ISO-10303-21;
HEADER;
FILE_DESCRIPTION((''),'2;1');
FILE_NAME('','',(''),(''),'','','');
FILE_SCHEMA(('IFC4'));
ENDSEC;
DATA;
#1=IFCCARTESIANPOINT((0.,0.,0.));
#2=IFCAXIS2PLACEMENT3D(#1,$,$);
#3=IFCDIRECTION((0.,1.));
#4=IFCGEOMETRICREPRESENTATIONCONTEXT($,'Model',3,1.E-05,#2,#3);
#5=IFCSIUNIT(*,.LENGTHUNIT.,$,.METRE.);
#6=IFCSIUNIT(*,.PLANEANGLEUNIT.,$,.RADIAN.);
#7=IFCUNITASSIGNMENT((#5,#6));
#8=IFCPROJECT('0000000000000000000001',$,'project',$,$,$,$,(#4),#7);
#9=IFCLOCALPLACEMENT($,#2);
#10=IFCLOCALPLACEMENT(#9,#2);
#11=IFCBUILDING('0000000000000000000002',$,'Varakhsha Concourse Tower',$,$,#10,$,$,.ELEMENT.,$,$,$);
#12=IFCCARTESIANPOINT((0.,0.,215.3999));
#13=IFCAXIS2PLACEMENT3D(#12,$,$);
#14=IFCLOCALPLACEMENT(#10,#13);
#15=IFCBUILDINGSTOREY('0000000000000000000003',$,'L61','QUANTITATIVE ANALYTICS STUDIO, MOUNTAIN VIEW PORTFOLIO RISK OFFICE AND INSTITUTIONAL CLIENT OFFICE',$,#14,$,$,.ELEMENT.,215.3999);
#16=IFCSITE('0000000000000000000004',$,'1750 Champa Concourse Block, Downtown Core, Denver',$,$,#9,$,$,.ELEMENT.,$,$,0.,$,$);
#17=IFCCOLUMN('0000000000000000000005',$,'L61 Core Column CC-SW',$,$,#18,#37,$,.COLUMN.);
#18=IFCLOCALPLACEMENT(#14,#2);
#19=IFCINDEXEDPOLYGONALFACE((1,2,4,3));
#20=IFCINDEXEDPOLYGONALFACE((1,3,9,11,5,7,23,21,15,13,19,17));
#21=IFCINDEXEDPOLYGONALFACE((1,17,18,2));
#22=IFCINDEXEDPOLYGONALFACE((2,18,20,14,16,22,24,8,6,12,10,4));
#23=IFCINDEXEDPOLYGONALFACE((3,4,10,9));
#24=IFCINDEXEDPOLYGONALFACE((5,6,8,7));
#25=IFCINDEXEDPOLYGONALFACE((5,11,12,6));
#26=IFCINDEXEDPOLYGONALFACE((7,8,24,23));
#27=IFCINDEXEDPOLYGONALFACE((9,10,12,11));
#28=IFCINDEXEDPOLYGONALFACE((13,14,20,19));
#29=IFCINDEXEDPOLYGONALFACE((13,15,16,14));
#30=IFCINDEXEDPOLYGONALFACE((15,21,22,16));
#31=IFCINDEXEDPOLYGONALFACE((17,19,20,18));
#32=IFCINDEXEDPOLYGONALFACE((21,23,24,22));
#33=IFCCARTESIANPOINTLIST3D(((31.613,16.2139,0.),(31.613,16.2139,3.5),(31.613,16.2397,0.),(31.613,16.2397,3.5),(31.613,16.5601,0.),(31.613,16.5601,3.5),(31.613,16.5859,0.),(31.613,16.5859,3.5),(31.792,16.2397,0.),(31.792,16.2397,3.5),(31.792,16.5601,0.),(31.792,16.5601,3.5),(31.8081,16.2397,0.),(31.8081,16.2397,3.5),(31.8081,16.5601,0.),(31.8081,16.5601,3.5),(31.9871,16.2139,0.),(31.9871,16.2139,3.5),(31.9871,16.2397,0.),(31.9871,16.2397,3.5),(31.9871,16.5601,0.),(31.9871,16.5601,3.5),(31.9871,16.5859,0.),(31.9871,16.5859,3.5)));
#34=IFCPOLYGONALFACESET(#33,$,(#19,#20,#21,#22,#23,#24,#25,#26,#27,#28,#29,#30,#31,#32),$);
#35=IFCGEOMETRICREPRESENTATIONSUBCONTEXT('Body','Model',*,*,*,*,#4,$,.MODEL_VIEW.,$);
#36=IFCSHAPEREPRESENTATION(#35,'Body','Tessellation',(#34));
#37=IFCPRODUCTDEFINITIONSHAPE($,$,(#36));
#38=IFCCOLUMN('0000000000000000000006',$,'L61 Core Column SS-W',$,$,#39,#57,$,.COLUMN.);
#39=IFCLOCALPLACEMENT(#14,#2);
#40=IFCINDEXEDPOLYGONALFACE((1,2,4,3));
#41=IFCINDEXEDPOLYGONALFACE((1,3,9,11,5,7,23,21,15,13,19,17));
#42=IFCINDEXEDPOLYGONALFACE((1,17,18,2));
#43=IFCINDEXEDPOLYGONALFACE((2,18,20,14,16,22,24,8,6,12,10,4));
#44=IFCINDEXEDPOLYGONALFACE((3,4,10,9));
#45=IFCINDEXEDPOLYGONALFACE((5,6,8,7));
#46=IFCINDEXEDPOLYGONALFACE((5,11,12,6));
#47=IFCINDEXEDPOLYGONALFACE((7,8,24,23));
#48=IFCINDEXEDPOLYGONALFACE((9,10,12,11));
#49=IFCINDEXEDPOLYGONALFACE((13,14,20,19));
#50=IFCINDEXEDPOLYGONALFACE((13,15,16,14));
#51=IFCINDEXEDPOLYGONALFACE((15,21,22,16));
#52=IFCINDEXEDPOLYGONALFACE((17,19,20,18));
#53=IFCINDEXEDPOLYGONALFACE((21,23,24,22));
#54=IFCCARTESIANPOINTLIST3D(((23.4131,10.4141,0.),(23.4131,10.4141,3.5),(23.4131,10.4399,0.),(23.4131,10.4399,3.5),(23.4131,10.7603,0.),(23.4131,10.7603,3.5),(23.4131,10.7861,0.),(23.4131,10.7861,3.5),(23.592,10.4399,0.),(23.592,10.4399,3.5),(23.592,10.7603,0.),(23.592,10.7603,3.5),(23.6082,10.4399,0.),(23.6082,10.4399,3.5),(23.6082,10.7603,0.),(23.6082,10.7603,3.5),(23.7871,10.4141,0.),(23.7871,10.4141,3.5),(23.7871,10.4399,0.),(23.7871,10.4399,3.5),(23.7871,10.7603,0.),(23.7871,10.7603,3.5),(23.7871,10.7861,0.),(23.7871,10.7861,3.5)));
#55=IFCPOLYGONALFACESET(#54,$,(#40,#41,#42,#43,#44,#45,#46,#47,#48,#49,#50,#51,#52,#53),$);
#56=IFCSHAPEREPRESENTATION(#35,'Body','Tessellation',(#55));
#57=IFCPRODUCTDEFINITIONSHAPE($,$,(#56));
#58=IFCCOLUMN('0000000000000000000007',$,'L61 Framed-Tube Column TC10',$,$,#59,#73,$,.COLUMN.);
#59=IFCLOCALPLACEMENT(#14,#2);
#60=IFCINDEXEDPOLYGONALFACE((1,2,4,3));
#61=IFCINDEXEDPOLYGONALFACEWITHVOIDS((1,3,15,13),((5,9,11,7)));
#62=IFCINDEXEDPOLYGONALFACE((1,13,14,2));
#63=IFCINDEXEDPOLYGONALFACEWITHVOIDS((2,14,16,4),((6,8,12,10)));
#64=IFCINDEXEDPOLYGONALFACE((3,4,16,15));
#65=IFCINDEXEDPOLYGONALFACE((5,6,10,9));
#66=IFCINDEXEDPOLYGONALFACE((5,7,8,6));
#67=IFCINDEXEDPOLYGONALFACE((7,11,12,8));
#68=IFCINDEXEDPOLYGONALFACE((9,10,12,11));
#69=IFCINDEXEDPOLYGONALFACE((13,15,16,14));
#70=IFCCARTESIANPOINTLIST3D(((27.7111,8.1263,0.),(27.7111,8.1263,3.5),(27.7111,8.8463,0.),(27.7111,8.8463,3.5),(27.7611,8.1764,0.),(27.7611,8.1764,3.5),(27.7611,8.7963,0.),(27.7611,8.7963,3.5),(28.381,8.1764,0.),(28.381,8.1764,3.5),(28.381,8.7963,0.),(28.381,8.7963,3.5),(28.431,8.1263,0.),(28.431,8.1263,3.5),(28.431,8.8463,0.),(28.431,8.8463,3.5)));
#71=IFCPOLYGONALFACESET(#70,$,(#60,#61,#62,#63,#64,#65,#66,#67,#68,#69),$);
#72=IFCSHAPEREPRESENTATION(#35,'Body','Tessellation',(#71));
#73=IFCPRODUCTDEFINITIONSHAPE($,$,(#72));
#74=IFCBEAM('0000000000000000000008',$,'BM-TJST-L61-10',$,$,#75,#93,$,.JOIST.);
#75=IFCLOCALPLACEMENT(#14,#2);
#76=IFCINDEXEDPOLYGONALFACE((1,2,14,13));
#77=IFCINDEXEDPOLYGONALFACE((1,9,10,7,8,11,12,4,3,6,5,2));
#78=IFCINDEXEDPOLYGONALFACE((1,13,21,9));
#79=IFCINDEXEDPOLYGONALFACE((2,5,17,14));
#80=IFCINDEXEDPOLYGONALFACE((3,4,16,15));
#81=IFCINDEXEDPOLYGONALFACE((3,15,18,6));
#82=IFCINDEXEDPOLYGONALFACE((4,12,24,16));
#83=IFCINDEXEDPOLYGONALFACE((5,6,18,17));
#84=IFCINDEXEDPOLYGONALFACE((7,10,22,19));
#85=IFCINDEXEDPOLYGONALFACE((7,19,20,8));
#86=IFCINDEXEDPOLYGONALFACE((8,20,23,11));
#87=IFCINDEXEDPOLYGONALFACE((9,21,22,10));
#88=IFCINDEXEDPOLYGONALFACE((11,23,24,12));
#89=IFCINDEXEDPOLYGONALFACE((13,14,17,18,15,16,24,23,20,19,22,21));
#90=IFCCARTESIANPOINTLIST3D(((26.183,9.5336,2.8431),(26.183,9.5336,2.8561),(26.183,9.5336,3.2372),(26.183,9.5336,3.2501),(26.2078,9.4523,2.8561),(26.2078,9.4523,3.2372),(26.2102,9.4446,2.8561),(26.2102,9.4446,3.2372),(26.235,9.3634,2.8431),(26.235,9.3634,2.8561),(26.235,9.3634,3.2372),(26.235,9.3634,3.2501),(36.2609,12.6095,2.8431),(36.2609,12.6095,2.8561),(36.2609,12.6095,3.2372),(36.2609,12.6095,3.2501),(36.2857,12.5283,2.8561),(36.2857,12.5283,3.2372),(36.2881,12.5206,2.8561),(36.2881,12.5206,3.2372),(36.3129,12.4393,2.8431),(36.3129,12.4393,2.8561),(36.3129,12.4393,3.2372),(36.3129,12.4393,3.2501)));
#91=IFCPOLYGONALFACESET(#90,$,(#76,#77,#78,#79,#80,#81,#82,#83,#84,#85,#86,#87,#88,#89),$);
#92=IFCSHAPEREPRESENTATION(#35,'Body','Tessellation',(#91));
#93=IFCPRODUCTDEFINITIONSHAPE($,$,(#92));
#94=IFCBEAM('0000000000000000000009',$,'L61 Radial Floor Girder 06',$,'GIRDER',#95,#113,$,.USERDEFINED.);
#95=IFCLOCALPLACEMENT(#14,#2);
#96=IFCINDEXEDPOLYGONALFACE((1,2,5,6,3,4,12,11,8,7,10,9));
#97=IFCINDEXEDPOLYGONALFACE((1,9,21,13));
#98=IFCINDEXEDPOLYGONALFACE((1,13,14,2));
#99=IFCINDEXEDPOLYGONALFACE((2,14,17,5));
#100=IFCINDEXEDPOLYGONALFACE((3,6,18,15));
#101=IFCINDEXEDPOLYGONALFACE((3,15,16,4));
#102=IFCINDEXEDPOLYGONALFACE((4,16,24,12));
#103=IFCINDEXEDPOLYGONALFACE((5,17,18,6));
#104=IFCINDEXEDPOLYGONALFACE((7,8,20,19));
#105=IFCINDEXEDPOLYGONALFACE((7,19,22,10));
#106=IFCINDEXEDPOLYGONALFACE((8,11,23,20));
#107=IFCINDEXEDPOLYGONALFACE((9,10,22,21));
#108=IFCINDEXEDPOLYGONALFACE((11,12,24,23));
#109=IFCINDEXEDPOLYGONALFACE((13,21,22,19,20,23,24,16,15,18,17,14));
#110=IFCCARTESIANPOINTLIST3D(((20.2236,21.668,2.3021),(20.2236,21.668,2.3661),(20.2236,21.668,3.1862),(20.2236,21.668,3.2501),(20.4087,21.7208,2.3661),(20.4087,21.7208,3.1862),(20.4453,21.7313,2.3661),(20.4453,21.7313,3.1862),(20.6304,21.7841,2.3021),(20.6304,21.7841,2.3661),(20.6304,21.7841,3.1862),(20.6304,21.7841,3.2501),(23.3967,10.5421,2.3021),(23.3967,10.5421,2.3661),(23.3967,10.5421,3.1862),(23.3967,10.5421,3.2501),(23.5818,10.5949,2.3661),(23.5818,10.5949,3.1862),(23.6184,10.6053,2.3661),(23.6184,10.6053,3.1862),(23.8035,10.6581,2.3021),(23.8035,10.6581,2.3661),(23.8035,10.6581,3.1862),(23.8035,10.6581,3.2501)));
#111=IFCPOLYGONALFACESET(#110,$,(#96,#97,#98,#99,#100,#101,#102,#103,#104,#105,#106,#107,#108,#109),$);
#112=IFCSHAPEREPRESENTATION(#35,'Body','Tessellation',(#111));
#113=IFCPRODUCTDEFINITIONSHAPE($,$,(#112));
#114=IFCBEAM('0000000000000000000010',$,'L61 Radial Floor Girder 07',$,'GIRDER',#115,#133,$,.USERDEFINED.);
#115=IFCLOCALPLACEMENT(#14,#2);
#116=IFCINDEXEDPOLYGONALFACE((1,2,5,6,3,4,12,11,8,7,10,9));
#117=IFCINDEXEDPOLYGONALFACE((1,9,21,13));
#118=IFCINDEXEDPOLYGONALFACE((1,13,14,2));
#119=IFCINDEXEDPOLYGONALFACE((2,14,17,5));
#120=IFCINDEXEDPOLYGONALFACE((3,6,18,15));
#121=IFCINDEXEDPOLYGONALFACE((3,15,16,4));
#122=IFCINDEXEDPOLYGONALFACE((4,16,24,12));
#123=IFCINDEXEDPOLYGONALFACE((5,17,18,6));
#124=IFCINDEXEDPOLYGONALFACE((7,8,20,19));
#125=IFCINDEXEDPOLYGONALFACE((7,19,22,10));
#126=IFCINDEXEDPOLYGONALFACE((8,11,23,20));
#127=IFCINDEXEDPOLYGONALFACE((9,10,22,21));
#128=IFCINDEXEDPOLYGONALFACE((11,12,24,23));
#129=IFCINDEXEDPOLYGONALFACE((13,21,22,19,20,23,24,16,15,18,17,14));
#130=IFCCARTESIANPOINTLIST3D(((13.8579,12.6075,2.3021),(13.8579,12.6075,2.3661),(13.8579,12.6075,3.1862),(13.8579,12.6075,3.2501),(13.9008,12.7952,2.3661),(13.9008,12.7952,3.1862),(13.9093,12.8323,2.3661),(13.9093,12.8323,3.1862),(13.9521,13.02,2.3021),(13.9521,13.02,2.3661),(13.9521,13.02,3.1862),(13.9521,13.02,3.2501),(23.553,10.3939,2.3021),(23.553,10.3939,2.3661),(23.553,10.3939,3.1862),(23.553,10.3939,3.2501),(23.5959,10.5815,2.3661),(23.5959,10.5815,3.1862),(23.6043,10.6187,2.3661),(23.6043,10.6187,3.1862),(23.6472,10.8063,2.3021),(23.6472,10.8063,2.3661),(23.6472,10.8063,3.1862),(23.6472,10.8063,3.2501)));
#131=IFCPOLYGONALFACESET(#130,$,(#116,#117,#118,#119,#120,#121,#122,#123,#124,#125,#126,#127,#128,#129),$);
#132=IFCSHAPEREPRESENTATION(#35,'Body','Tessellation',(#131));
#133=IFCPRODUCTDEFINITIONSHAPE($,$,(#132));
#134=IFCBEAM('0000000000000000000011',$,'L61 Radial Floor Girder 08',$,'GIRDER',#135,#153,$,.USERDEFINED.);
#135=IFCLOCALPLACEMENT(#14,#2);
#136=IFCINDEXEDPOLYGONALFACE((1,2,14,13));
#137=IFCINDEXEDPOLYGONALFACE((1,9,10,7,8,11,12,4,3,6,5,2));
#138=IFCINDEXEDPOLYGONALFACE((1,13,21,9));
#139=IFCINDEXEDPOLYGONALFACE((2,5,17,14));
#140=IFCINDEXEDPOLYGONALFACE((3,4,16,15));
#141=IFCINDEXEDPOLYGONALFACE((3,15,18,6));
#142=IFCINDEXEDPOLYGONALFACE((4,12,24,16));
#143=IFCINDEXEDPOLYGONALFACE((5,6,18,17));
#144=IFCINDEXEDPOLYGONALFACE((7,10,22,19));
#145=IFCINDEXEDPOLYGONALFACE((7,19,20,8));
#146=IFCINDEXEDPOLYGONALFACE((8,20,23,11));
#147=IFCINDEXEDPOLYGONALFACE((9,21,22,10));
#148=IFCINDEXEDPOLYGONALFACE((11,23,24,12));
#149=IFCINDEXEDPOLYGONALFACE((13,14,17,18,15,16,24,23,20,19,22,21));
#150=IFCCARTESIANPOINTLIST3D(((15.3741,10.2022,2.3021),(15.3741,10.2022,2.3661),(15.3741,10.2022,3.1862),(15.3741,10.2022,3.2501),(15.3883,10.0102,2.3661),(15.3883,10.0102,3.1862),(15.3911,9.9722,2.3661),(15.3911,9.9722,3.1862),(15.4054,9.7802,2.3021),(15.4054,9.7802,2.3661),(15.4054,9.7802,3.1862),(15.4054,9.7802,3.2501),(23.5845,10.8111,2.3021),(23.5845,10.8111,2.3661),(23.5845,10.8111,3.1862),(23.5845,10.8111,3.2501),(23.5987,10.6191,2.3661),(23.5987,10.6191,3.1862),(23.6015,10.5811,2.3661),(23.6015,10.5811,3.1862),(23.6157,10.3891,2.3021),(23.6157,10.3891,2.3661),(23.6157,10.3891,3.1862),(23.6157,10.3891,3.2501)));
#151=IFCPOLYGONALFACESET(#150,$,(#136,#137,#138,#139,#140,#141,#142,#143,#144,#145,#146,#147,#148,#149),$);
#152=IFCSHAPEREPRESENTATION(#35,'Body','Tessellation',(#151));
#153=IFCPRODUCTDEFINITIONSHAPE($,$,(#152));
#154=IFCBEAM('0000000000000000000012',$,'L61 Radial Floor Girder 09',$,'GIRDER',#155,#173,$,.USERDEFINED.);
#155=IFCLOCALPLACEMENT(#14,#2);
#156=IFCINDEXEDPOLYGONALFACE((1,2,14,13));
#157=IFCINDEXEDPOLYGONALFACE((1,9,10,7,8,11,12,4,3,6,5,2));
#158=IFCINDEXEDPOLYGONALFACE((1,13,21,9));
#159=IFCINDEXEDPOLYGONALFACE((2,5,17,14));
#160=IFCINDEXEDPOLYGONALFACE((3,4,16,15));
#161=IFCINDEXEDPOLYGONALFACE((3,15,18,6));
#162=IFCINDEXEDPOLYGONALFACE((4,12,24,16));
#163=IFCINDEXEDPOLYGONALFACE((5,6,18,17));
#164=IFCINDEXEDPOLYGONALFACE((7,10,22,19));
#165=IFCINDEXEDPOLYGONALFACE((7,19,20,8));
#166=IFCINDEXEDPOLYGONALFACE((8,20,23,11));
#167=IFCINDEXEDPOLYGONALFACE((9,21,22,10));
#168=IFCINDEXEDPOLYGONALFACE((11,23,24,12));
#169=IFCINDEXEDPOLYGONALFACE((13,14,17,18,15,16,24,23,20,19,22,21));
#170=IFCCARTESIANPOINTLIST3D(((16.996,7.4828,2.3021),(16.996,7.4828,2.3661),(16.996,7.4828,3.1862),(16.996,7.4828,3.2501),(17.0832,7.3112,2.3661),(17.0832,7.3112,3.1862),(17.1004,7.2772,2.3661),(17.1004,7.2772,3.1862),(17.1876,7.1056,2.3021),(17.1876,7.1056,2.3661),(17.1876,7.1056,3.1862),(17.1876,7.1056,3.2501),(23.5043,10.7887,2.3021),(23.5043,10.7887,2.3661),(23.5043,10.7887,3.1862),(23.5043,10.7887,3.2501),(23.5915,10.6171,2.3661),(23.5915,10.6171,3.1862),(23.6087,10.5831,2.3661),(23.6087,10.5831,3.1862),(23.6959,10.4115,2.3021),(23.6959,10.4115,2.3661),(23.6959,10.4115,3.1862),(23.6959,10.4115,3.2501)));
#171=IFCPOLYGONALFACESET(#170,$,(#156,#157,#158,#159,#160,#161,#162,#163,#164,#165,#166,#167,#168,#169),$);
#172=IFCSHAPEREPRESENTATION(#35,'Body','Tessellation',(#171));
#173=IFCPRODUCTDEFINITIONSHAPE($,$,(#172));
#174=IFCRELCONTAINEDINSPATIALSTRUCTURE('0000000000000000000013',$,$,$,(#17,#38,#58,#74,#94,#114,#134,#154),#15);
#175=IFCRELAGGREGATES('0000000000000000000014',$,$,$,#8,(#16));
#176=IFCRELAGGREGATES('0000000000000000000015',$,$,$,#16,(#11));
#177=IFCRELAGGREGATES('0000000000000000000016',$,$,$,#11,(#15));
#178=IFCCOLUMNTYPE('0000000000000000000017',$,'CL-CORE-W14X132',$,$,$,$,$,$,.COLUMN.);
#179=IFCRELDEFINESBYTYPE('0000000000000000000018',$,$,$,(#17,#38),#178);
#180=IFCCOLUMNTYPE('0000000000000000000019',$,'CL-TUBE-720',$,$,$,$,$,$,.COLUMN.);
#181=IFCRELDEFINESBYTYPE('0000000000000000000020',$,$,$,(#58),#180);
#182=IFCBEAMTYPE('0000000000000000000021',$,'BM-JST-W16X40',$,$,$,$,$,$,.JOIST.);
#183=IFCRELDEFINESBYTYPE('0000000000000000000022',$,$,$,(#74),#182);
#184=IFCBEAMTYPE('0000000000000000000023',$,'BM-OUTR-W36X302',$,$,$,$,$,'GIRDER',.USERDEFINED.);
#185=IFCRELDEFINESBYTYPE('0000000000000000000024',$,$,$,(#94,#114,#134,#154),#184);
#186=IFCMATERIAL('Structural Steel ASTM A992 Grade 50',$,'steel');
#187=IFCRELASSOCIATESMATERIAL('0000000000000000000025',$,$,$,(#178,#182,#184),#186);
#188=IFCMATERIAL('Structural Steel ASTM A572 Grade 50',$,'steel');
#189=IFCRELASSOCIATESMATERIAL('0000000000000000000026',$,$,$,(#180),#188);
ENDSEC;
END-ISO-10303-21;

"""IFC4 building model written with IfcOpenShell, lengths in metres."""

from ifc_helpers import new_model, si_unit, direction, frame, origin, origin_2d, place, context, subcontext, project, spatial, hollow_rectangle, i_section, extrude, material, material_profile, profile_set, type_object, element, save


model = new_model("IFC4")

# Units and contexts
model_context = context("Model", 3, precision=1e-05, world=origin(), true_north=direction((0.0, 1.0)))
body_context = subcontext(model_context, "Body", "Model", "MODEL_VIEW")
ifc_project = project(units=[si_unit("LENGTHUNIT", "METRE"), si_unit("PLANEANGLEUNIT", "RADIAN")], contexts=[model_context])

# Site, building, storey
site_placement = place(None, origin())
site = spatial("IfcSite", under=ifc_project, at=site_placement, Name="1750 Champa Concourse Block, Downtown Core, Denver", CompositionType="ELEMENT", RefElevation=0.0)
building_placement = place(site_placement, origin())
building = spatial("IfcBuilding", under=site, at=building_placement, Name="Varakhsha Concourse Tower", CompositionType="ELEMENT")
storey_placement = place(building_placement, frame((0.0, 0.0, 215.3999)))
storey = spatial("IfcBuildingStorey", under=building, at=storey_placement, Name="L61", Description="QUANTITATIVE ANALYTICS STUDIO, MOUNTAIN VIEW PORTFOLIO RISK OFFICE AND INSTITUTIONAL CLIENT OFFICE", CompositionType="ELEMENT", Elevation=215.3999)

# Columns
ifc_material_1 = material(Name="Structural Steel ASTM A992 Grade 50", Category="steel")
ifc_material_profile_1 = material_profile(ifc_material_1, i_section(OverallWidth=0.374, OverallDepth=0.3721, WebThickness=0.0161, FlangeThickness=0.0259, at=origin_2d()), Name="W14X132")
ifc_profile_set_1 = profile_set([ifc_material_profile_1], Name="Structural Steel ASTM A992 Grade 50")
column_type_1 = type_object("IfcColumnType", Name="CL-CORE-W14X132", PredefinedType="COLUMN", material=ifc_profile_set_1)
for number, where, z_axis, x_axis, name in (
    (1, (31.8, 16.3999, 0.0), (0.0, 0.0, 1.0), (1.0, 0.0, 0.0), "L61 Core Column CC-SW"),
    (2, (23.6001, 10.6001, 0.0), (0.0, 0.0, 1.0), (1.0, 0.0, 0.0), "L61 Core Column SS-W"),
):
    element("IfcColumn", number, at=place(storey_placement, frame(where, z_axis=z_axis, x_axis=x_axis)), inside=storey, type_object=column_type_1, Name=name, PredefinedType="COLUMN", context=body_context, shape_type="SweptSolid", body=[
        extrude(i_section(OverallWidth=0.374, OverallDepth=0.3721, WebThickness=0.0161, FlangeThickness=0.0259, at=origin_2d()), origin(), (0.0, 0.0, 1.0), 3.5),
    ])
ifc_material_2 = material(Name="Structural Steel ASTM A572 Grade 50", Category="steel")
ifc_material_profile_2 = material_profile(ifc_material_2, hollow_rectangle(XDim=0.72, YDim=0.72, WallThickness=0.05, at=origin_2d()), Name="BOX 720x720x50")
ifc_profile_set_2 = profile_set([ifc_material_profile_2], Name="Structural Steel ASTM A572 Grade 50")
column_type_2 = type_object("IfcColumnType", Name="CL-TUBE-720", PredefinedType="COLUMN", material=ifc_profile_set_2)
column_placement = place(storey_placement, frame((28.071, 8.4863, 0.0), z_axis=(0.0, 0.0, 1.0), x_axis=(1.0, 0.0, 0.0)))
element("IfcColumn", 3, at=column_placement, inside=storey, type_object=column_type_2, Name="L61 Framed-Tube Column TC10", PredefinedType="COLUMN", context=body_context, shape_type="SweptSolid", body=[
    extrude(hollow_rectangle(XDim=0.72, YDim=0.72, WallThickness=0.05, at=origin_2d()), origin(), (0.0, 0.0, 1.0), 3.5),
])

# Beams
ifc_material_profile_3 = material_profile(ifc_material_1, i_section(OverallWidth=0.178, OverallDepth=0.407, WebThickness=0.0081, FlangeThickness=0.0129, at=origin_2d()), Name="W16X40")
ifc_profile_set_3 = profile_set([ifc_material_profile_3], Name="Structural Steel ASTM A992 Grade 50")
beam_type_1 = type_object("IfcBeamType", Name="BM-JST-W16X40", PredefinedType="JOIST", material=ifc_profile_set_3)
beam_1_placement = place(storey_placement, frame((26.209, 9.4485, 3.0466), z_axis=(0.956442, 0.291921, 0.0), x_axis=(-0.291921, 0.956442, 0.0)))
element("IfcBeam", 4, at=beam_1_placement, inside=storey, type_object=beam_type_1, Name="BM-TJST-L61-10", PredefinedType="JOIST", context=body_context, shape_type="SweptSolid", body=[
    extrude(i_section(OverallWidth=0.178, OverallDepth=0.407, WebThickness=0.0081, FlangeThickness=0.0129, at=origin_2d()), origin(), (0.0, 0.0, 1.0), 10.5369),
])
ifc_material_profile_4 = material_profile(ifc_material_1, i_section(OverallWidth=0.4231, OverallDepth=0.948, WebThickness=0.0381, FlangeThickness=0.064, at=origin_2d()), Name="W36X302")
ifc_profile_set_4 = profile_set([ifc_material_profile_4], Name="Structural Steel ASTM A992 Grade 50")
beam_type_2 = type_object("IfcBeamType", Name="BM-OUTR-W36X302", ElementType="GIRDER", PredefinedType="USERDEFINED", material=ifc_profile_set_4)
beam_2_placement = place(storey_placement, frame((23.6001, 10.6001, 2.7761), z_axis=(-0.274261, 0.961655, 0.0), x_axis=(-0.961655, -0.274261, 0.0)))
element("IfcBeam", 5, at=beam_2_placement, inside=storey, type_object=beam_type_2, Name="L61 Radial Floor Girder 06", ObjectType="GIRDER", PredefinedType="USERDEFINED", context=body_context, shape_type="SweptSolid", body=[
    extrude(i_section(OverallWidth=0.4231, OverallDepth=0.948, WebThickness=0.0381, FlangeThickness=0.064, at=origin_2d()), origin(), (0.0, 0.0, 1.0), 11.5696),
])
beam_3_placement = place(storey_placement, frame((23.6001, 10.6001, 2.7761), z_axis=(-0.974911, 0.222596, 0.0), x_axis=(-0.222596, -0.974911, 0.0)))
element("IfcBeam", 6, at=beam_3_placement, inside=storey, type_object=beam_type_2, Name="L61 Radial Floor Girder 07", ObjectType="GIRDER", PredefinedType="USERDEFINED", context=body_context, shape_type="SweptSolid", body=[
    extrude(i_section(OverallWidth=0.4231, OverallDepth=0.948, WebThickness=0.0381, FlangeThickness=0.064, at=origin_2d()), origin(), (0.0, 0.0, 1.0), 9.9446),
])
beam_4_placement = place(storey_placement, frame((23.6001, 10.6001, 2.7761), z_axis=(-0.997261, -0.073957, 0.0), x_axis=(0.073957, -0.997261, 0.0)))
element("IfcBeam", 7, at=beam_4_placement, inside=storey, type_object=beam_type_2, Name="L61 Radial Floor Girder 08", ObjectType="GIRDER", PredefinedType="USERDEFINED", context=body_context, shape_type="SweptSolid", body=[
    extrude(i_section(OverallWidth=0.4231, OverallDepth=0.948, WebThickness=0.0381, FlangeThickness=0.064, at=origin_2d()), origin(), (0.0, 0.0, 1.0), 8.2329),
])
beam_5_placement = place(storey_placement, frame((23.6001, 10.6001, 2.7761), z_axis=(-0.891573, -0.452877, 0.0), x_axis=(0.452877, -0.891573, 0.0)))
element("IfcBeam", 8, at=beam_5_placement, inside=storey, type_object=beam_type_2, Name="L61 Radial Floor Girder 09", ObjectType="GIRDER", PredefinedType="USERDEFINED", context=body_context, shape_type="SweptSolid", body=[
    extrude(i_section(OverallWidth=0.4231, OverallDepth=0.948, WebThickness=0.0381, FlangeThickness=0.064, at=origin_2d()), origin(), (0.0, 0.0, 1.0), 7.2998),
])

save(model, "model.ifc")
